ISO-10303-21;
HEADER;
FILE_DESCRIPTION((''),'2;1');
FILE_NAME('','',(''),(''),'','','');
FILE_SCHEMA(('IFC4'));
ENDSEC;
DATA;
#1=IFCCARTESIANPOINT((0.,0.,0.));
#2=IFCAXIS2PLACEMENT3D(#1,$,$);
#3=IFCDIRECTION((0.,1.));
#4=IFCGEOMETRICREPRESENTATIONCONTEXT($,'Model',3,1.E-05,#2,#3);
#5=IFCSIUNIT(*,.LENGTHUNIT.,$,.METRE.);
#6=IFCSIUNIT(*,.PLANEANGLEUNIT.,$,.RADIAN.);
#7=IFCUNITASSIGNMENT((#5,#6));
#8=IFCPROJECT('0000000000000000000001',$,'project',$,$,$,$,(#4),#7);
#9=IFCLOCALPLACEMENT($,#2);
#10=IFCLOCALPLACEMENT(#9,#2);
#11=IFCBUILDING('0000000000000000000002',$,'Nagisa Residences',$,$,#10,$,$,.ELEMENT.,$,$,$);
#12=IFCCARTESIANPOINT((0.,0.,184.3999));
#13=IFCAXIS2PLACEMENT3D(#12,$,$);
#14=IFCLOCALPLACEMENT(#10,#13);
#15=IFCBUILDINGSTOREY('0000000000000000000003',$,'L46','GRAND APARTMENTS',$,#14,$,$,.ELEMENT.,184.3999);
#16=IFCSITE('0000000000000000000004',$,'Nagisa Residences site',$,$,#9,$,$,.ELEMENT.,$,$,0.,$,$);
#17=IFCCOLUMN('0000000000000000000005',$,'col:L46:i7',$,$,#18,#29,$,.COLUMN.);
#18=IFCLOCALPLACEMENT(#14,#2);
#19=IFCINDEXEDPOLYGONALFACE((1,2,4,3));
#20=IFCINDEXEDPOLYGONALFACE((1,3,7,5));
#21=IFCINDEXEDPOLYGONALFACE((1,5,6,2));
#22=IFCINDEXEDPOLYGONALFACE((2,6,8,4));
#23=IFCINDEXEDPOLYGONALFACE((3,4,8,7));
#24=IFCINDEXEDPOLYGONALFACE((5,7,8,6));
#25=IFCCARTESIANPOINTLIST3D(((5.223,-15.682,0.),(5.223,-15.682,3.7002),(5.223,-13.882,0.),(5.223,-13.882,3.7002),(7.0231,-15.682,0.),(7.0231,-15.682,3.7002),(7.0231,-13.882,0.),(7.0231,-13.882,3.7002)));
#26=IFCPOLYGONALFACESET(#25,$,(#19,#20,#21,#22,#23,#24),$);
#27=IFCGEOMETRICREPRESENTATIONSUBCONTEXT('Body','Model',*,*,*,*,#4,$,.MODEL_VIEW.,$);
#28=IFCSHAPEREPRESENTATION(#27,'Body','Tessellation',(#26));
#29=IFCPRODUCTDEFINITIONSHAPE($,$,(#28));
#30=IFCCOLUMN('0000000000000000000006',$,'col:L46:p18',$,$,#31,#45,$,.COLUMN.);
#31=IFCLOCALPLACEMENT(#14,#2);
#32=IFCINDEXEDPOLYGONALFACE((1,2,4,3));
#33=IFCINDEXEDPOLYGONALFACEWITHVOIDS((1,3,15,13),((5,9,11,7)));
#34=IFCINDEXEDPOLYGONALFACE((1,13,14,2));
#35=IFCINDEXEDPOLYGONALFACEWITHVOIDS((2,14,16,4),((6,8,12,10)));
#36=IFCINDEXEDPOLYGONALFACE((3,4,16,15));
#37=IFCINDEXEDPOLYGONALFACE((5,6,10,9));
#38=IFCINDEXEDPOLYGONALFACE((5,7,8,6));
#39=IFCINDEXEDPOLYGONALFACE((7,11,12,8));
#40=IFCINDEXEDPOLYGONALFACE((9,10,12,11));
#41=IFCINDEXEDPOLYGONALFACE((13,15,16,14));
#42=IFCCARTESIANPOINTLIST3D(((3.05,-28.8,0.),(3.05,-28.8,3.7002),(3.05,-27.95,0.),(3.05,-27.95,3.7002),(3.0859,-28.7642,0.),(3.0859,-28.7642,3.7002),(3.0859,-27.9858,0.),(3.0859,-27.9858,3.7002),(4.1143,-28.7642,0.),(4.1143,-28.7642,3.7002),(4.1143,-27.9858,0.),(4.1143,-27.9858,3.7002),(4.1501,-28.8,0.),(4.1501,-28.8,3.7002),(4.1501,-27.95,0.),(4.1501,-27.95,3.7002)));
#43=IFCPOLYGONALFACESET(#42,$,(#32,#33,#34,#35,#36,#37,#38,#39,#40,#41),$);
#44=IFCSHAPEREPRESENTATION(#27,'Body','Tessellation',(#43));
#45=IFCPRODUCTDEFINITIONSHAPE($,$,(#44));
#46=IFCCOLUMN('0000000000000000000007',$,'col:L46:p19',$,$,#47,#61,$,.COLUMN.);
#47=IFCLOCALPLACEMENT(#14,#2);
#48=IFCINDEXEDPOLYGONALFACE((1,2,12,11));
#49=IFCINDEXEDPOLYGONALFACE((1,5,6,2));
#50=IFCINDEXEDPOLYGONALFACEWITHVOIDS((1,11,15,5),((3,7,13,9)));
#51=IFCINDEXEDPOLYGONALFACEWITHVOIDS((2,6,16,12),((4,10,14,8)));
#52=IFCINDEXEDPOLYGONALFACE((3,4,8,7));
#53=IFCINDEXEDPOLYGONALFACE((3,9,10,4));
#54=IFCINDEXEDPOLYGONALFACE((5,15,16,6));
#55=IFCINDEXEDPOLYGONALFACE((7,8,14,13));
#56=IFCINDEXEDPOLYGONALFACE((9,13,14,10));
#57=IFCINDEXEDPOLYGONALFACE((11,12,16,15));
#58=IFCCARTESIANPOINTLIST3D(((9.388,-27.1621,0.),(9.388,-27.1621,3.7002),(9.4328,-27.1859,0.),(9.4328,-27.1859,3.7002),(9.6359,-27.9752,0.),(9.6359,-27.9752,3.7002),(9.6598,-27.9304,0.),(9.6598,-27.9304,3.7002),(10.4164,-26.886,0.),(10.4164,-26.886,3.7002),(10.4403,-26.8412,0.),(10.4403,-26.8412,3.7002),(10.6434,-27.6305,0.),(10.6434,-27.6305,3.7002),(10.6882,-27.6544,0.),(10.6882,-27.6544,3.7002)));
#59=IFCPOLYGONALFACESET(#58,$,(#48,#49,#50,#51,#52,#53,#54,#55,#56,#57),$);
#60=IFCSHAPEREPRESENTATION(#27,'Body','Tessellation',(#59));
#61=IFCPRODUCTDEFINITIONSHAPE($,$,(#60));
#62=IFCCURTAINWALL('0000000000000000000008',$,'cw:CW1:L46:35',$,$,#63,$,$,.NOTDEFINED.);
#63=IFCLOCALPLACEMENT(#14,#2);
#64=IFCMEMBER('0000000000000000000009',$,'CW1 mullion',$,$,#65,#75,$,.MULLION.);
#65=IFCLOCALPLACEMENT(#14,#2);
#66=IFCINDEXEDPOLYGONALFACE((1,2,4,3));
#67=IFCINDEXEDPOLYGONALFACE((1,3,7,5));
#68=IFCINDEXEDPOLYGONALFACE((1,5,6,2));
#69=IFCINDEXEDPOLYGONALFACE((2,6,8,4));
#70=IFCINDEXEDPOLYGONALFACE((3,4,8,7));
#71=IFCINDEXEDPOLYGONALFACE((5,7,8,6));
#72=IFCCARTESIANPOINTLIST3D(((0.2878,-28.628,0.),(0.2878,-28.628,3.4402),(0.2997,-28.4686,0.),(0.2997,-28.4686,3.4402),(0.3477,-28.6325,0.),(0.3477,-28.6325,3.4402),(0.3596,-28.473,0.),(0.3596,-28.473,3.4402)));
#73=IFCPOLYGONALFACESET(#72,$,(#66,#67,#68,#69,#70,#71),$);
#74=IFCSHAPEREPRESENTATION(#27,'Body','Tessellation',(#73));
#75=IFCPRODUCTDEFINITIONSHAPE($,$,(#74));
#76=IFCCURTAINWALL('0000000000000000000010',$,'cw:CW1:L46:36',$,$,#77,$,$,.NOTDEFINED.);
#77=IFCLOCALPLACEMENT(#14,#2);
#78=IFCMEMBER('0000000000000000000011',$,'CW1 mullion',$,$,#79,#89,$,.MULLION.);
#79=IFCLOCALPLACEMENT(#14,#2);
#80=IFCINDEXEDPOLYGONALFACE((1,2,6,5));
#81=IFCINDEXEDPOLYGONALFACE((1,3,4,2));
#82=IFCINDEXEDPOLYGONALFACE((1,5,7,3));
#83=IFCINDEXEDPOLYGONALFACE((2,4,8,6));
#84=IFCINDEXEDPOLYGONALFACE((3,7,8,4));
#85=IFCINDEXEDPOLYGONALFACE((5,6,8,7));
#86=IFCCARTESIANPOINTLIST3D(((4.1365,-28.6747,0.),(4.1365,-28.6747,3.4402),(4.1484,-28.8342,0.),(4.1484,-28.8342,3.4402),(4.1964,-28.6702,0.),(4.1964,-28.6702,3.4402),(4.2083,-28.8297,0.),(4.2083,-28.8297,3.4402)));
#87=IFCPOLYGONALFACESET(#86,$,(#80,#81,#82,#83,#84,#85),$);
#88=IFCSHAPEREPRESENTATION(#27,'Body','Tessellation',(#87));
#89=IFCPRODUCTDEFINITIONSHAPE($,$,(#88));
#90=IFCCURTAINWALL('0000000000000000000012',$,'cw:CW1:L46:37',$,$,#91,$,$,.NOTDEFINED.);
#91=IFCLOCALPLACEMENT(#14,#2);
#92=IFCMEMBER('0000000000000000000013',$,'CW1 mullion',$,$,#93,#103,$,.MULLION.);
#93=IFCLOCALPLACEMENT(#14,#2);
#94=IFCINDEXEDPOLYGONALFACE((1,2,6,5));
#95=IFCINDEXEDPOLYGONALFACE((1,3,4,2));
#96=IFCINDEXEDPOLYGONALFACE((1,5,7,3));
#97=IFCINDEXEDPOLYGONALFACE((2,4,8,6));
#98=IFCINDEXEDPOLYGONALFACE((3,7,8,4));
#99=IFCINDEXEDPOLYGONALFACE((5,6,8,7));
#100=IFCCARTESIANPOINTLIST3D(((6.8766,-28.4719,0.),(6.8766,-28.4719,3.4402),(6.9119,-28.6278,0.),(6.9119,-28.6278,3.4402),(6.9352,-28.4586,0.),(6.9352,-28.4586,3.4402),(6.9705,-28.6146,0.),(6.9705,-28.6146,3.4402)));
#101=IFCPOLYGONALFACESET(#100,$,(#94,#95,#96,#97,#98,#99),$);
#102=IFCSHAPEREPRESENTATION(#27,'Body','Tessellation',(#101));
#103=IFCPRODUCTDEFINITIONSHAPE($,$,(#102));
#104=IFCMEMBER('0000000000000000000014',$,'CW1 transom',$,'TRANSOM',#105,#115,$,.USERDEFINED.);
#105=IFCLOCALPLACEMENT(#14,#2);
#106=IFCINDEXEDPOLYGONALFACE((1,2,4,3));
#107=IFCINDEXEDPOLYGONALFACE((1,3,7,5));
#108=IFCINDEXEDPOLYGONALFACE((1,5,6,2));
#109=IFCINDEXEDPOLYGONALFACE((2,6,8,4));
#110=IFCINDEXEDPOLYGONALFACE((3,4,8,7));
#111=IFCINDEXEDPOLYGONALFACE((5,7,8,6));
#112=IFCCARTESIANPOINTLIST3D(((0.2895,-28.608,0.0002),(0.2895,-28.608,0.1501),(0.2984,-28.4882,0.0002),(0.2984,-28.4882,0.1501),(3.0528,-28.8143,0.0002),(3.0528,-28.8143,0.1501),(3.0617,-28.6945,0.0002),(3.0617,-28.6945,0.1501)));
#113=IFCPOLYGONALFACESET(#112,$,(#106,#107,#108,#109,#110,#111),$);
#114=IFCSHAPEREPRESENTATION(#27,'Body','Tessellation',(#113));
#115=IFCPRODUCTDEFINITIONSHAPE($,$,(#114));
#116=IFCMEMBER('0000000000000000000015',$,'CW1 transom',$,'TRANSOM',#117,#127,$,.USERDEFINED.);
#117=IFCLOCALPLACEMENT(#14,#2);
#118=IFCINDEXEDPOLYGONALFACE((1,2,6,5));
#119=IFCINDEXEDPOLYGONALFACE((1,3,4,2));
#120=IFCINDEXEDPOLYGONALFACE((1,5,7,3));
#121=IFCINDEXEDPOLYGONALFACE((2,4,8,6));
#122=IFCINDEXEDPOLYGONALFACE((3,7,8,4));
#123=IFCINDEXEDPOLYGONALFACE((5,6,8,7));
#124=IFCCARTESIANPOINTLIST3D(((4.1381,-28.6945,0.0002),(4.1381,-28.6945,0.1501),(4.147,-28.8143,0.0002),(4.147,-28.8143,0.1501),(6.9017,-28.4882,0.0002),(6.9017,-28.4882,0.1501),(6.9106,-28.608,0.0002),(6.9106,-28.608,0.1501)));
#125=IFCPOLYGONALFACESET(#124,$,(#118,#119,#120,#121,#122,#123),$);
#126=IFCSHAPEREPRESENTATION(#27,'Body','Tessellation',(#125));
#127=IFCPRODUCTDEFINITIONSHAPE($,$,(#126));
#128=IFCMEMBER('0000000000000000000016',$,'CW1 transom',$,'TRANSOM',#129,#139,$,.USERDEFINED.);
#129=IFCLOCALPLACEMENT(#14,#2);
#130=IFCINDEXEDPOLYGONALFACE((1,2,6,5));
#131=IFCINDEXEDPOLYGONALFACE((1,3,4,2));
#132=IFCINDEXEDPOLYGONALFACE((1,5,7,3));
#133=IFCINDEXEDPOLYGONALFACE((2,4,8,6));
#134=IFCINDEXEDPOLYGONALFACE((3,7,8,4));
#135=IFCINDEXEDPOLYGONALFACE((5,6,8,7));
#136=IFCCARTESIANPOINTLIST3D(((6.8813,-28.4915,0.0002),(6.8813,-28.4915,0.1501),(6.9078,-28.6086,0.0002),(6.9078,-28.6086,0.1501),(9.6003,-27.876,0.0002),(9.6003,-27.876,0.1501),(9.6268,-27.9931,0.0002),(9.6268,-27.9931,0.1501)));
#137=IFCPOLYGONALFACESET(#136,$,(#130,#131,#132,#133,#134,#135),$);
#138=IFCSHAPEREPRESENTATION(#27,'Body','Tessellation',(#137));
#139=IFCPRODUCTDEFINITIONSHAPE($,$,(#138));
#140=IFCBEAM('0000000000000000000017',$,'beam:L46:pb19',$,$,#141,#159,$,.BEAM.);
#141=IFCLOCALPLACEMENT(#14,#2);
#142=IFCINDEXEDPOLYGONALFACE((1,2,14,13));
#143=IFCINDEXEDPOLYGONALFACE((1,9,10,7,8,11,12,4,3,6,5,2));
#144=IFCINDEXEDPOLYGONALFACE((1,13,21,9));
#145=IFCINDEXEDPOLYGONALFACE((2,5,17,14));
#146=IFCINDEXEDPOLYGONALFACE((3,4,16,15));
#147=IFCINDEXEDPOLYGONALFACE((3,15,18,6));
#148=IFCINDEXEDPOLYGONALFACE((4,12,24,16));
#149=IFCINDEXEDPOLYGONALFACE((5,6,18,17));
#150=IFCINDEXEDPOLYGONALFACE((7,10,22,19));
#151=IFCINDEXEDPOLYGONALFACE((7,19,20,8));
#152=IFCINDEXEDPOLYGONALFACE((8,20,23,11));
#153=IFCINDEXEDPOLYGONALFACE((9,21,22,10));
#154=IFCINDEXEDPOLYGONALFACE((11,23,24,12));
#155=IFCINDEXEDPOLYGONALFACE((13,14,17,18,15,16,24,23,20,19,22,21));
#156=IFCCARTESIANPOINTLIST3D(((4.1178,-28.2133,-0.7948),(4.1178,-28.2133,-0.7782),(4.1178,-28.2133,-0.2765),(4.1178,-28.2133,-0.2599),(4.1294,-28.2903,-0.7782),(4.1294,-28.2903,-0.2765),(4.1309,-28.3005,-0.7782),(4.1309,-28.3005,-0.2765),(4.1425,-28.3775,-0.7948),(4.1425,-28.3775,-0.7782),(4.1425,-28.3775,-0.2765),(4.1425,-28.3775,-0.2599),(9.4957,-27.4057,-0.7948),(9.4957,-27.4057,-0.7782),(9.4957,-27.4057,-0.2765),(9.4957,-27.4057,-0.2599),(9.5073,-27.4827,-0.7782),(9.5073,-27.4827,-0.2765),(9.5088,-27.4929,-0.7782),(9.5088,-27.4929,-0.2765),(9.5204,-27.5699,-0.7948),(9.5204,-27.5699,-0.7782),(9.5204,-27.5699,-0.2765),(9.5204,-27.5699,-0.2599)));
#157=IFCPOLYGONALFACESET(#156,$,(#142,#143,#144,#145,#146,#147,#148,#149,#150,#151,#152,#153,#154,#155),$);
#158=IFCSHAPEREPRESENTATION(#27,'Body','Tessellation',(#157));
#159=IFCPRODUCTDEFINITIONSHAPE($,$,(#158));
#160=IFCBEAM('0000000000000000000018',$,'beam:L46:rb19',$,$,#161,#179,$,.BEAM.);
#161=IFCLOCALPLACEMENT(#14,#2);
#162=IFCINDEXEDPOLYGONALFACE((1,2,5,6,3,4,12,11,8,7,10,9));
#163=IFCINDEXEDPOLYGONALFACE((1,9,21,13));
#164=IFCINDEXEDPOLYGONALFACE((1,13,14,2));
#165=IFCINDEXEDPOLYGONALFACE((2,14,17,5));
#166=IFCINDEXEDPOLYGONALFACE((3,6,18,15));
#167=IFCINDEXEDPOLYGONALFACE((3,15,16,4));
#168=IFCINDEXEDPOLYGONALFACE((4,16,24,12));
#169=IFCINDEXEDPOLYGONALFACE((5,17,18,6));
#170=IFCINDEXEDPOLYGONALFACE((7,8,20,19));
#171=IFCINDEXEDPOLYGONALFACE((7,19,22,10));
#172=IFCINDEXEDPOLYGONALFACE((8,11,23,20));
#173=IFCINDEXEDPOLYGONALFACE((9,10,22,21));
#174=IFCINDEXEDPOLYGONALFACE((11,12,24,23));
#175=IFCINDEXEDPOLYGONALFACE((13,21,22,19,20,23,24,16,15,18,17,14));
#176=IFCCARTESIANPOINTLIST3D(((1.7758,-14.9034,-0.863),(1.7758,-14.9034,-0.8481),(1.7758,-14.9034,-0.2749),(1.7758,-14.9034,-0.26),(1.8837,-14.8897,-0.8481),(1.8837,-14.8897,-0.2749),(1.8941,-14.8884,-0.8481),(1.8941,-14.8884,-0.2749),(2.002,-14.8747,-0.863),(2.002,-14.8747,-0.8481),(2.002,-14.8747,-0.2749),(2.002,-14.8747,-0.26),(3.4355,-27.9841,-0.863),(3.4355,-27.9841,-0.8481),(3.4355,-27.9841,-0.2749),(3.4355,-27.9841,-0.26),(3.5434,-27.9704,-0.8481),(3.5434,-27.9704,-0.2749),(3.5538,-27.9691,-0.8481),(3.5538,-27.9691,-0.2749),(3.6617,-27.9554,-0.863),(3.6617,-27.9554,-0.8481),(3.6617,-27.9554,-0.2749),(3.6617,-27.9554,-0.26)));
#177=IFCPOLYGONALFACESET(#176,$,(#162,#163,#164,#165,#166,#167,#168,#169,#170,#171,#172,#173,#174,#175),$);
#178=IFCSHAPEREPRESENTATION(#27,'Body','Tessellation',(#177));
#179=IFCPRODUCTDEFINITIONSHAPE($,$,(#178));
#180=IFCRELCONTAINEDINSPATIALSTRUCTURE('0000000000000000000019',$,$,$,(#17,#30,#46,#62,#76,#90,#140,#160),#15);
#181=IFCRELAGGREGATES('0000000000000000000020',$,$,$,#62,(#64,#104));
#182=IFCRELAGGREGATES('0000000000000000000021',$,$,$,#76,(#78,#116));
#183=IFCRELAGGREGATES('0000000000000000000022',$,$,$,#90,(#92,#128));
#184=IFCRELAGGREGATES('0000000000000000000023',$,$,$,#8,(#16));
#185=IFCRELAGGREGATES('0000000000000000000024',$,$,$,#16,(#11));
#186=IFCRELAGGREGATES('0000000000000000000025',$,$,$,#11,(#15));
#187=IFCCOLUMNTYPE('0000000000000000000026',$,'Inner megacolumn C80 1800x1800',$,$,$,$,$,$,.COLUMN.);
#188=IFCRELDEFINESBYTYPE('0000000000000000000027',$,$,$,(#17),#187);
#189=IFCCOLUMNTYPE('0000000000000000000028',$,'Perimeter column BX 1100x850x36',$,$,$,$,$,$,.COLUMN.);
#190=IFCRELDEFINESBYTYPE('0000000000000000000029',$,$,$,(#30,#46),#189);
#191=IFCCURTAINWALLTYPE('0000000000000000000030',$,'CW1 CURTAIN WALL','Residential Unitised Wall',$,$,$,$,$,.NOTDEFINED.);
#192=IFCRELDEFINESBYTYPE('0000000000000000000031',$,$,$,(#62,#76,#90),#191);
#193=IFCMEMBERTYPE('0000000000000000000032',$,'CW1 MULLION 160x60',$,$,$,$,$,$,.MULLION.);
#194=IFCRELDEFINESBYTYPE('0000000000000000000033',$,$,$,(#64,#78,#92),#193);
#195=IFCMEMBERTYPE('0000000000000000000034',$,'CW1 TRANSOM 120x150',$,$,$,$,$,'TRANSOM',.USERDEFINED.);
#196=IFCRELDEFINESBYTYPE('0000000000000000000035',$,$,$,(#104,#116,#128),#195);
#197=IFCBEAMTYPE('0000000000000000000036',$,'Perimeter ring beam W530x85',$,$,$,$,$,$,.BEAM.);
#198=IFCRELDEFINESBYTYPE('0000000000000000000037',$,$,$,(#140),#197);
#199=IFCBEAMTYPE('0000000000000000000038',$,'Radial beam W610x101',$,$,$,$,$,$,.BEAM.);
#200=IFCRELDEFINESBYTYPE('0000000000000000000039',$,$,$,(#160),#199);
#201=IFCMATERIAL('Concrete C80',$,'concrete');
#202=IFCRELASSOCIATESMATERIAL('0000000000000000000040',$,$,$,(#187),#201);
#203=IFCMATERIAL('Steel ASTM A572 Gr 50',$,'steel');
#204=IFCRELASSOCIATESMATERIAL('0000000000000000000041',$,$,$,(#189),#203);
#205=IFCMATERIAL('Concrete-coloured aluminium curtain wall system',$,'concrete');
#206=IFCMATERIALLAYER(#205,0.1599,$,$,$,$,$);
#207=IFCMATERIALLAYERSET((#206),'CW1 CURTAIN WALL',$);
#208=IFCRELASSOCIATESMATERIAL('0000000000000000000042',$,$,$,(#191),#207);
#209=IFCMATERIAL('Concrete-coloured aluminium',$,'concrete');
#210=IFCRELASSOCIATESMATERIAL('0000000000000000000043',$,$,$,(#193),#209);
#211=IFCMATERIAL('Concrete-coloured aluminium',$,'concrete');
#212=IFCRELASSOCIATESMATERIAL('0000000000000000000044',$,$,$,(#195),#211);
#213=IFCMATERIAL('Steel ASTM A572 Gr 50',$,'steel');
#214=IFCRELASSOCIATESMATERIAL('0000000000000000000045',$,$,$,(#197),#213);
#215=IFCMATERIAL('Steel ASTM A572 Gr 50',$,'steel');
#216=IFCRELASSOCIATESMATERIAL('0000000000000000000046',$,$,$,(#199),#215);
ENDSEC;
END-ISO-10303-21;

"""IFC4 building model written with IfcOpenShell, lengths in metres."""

from ifc_helpers import new_model, si_unit, direction, frame, origin, origin_2d, place, context, subcontext, project, spatial, rectangle, hollow_rectangle, i_section, extrude, material, layer, layer_set, material_profile, profile_set, type_object, element, aggregate, save


model = new_model("IFC4")

# Units and contexts
model_context = context("Model", 3, precision=1e-05, world=origin(), true_north=direction((0.0, 1.0)))
body_context = subcontext(model_context, "Body", "Model", "MODEL_VIEW")
ifc_project = project(units=[si_unit("LENGTHUNIT", "METRE"), si_unit("PLANEANGLEUNIT", "RADIAN")], contexts=[model_context])

# Site, building, storey
site_placement = place(None, origin())
site = spatial("IfcSite", under=ifc_project, at=site_placement, Name="Nagisa Residences site", CompositionType="ELEMENT", RefElevation=0.0)
building_placement = place(site_placement, origin())
building = spatial("IfcBuilding", under=site, at=building_placement, Name="Nagisa Residences", CompositionType="ELEMENT")
storey_placement = place(building_placement, frame((0.0, 0.0, 184.3999)))
storey = spatial("IfcBuildingStorey", under=building, at=storey_placement, Name="L46", Description="GRAND APARTMENTS", CompositionType="ELEMENT", Elevation=184.3999)

# Columns
ifc_material_1 = material(Name="Concrete C80", Category="concrete")
ifc_material_profile_1 = material_profile(ifc_material_1, rectangle(XDim=1.8, YDim=1.8, at=origin_2d()), Name="C80 1800x1800")
ifc_profile_set_1 = profile_set([ifc_material_profile_1], Name="Concrete C80")
column_type_1 = type_object("IfcColumnType", Name="Inner megacolumn C80 1800x1800", PredefinedType="COLUMN", material=ifc_profile_set_1)
column_placement = place(storey_placement, frame((6.123, -14.782, 0.0), z_axis=(0.0, 0.0, 1.0), x_axis=(1.0, 0.0, 0.0)))
element("IfcColumn", 1, at=column_placement, inside=storey, type_object=column_type_1, Name="col:L46:i7", PredefinedType="COLUMN", context=body_context, shape_type="SweptSolid", body=[
    extrude(rectangle(XDim=1.8, YDim=1.8, at=origin_2d()), origin(), (0.0, 0.0, 1.0), 3.7002),
])
ifc_material_2 = material(Name="Steel ASTM A572 Gr 50", Category="steel")
ifc_material_profile_2 = material_profile(ifc_material_2, hollow_rectangle(XDim=1.1001, YDim=0.8501, WallThickness=0.0359, at=origin_2d()), Name="BX 1100x850x36")
ifc_profile_set_2 = profile_set([ifc_material_profile_2], Name="Steel ASTM A572 Gr 50")
column_type_2 = type_object("IfcColumnType", Name="Perimeter column BX 1100x850x36", PredefinedType="COLUMN", material=ifc_profile_set_2)
for number, where, z_axis, x_axis, name in (
    (2, (3.6001, -28.375, 0.0), (0.0, 0.0, 1.0), (1.0, 0.0, 0.0), "col:L46:p18"),
    (3, (10.0381, -27.4082, 0.0), (0.0, 0.0, 1.0), (0.956525, 0.291652, 0.0), "col:L46:p19"),
):
    element("IfcColumn", number, at=place(storey_placement, frame(where, z_axis=z_axis, x_axis=x_axis)), inside=storey, type_object=column_type_2, Name=name, PredefinedType="COLUMN", context=body_context, shape_type="SweptSolid", body=[
        extrude(hollow_rectangle(XDim=1.1001, YDim=0.8501, WallThickness=0.0359, at=origin_2d()), origin(), (0.0, 0.0, 1.0), 3.7002),
    ])

# Curtain walls, members
ifc_material_3 = material(Name="Concrete-coloured aluminium curtain wall system", Category="concrete")
ifc_layer_1 = layer(ifc_material_3, 0.1599)
ifc_layer_set_1 = layer_set([ifc_layer_1], Name="CW1 CURTAIN WALL")
curtain_wall_type = type_object("IfcCurtainWallType", Name="CW1 CURTAIN WALL", Description="Residential Unitised Wall", PredefinedType="NOTDEFINED", material=ifc_layer_set_1)
curtain_wall_1_placement = place(storey_placement, origin())
curtain_wall_1 = element("IfcCurtainWall", 4, at=curtain_wall_1_placement, inside=storey, type_object=curtain_wall_type, Name="cw:CW1:L46:35", PredefinedType="NOTDEFINED")
ifc_material_4 = material(Name="Concrete-coloured aluminium", Category="concrete")
ifc_material_profile_3 = material_profile(ifc_material_4, rectangle(XDim=0.1599, YDim=0.0601, at=origin_2d()), Name="CW1 MULLION 160x60")
ifc_profile_set_3 = profile_set([ifc_material_profile_3], Name="Concrete-coloured aluminium")
member_type_1 = type_object("IfcMemberType", Name="CW1 MULLION 160x60", PredefinedType="MULLION", material=ifc_profile_set_3)
member_1_placement = place(storey_placement, frame((0.3237, -28.5505, 0.0), z_axis=(0.0, 0.0, 1.0), x_axis=(0.074377, 0.99723, 0.0)))
member_1 = element("IfcMember", 5, at=member_1_placement, type_object=member_type_1, Name="CW1 mullion", PredefinedType="MULLION", context=body_context, shape_type="SweptSolid", body=[
    extrude(rectangle(XDim=0.1599, YDim=0.0601, at=origin_2d()), origin(), (0.0, 0.0, 1.0), 3.4402),
])
curtain_wall_2_placement = place(storey_placement, origin())
curtain_wall_2 = element("IfcCurtainWall", 6, at=curtain_wall_2_placement, inside=storey, type_object=curtain_wall_type, Name="cw:CW1:L46:36", PredefinedType="NOTDEFINED")
member_2_placement = place(storey_placement, frame((4.1724, -28.7522, 0.0), z_axis=(0.0, 0.0, 1.0), x_axis=(-0.074377, 0.99723, 0.0)))
member_2 = element("IfcMember", 7, at=member_2_placement, type_object=member_type_1, Name="CW1 mullion", PredefinedType="MULLION", context=body_context, shape_type="SweptSolid", body=[
    extrude(rectangle(XDim=0.1599, YDim=0.0601, at=origin_2d()), origin(), (0.0, 0.0, 1.0), 3.4402),
])
curtain_wall_3_placement = place(storey_placement, origin())
curtain_wall_3 = element("IfcCurtainWall", 8, at=curtain_wall_3_placement, inside=storey, type_object=curtain_wall_type, Name="cw:CW1:L46:37", PredefinedType="NOTDEFINED")
member_3_placement = place(storey_placement, frame((6.9236, -28.5432, 0.0), z_axis=(0.0, 0.0, 1.0), x_axis=(-0.220764, 0.975327, 0.0)))
member_3 = element("IfcMember", 9, at=member_3_placement, type_object=member_type_1, Name="CW1 mullion", PredefinedType="MULLION", context=body_context, shape_type="SweptSolid", body=[
    extrude(rectangle(XDim=0.1599, YDim=0.0601, at=origin_2d()), origin(), (0.0, 0.0, 1.0), 3.4402),
])

# Members
ifc_material_5 = material(Name="Concrete-coloured aluminium", Category="concrete")
ifc_material_profile_4 = material_profile(ifc_material_5, rectangle(XDim=0.1201, YDim=0.1499, at=origin_2d()), Name="CW1 TRANSOM 120x150")
ifc_profile_set_4 = profile_set([ifc_material_profile_4], Name="Concrete-coloured aluminium")
member_type_2 = type_object("IfcMemberType", Name="CW1 TRANSOM 120x150", ElementType="TRANSOM", PredefinedType="USERDEFINED", material=ifc_profile_set_4)
member_4_placement = place(storey_placement, frame((0.2939, -28.5481, 0.0752), z_axis=(0.997225, -0.074446, 0.0), x_axis=(0.074446, 0.997225, 0.0)))
member_4 = element("IfcMember", 10, at=member_4_placement, type_object=member_type_2, Name="CW1 transom", ObjectType="TRANSOM", PredefinedType="USERDEFINED", context=body_context, shape_type="SweptSolid", body=[
    extrude(rectangle(XDim=0.1201, YDim=0.1499, at=origin_2d()), origin(), (0.0, 0.0, 1.0), 2.771),
])
member_5_placement = place(storey_placement, frame((4.1426, -28.7544, 0.0752), z_axis=(0.997226, 0.07444, 0.0), x_axis=(-0.07444, 0.997226, 0.0)))
member_5 = element("IfcMember", 11, at=member_5_placement, type_object=member_type_2, Name="CW1 transom", ObjectType="TRANSOM", PredefinedType="USERDEFINED", context=body_context, shape_type="SweptSolid", body=[
    extrude(rectangle(XDim=0.1201, YDim=0.1499, at=origin_2d()), origin(), (0.0, 0.0, 1.0), 2.7712),
])
member_6_placement = place(storey_placement, frame((6.8945, -28.55, 0.0752), z_axis=(0.975324, 0.220777, 0.0), x_axis=(-0.220777, 0.975324, 0.0)))
member_6 = element("IfcMember", 12, at=member_6_placement, type_object=member_type_2, Name="CW1 transom", ObjectType="TRANSOM", PredefinedType="USERDEFINED", context=body_context, shape_type="SweptSolid", body=[
    extrude(rectangle(XDim=0.1201, YDim=0.1499, at=origin_2d()), origin(), (0.0, 0.0, 1.0), 2.7878),
])

# Beams
ifc_material_6 = material(Name="Steel ASTM A572 Gr 50", Category="steel")
ifc_material_profile_5 = material_profile(ifc_material_6, i_section(OverallWidth=0.166, OverallDepth=0.5349, WebThickness=0.0103, FlangeThickness=0.0166, at=origin_2d()), Name="W530x85")
ifc_profile_set_5 = profile_set([ifc_material_profile_5], Name="Steel ASTM A572 Gr 50")
beam_type_1 = type_object("IfcBeamType", Name="Perimeter ring beam W530x85", PredefinedType="BEAM", material=ifc_profile_set_5)
beam_1_placement = place(storey_placement, frame((4.1301, -28.2954, -0.5273), z_axis=(0.988911, 0.148507, 0.0), x_axis=(-0.148507, 0.988911, 0.0)))
element("IfcBeam", 13, at=beam_1_placement, inside=storey, type_object=beam_type_1, Name="beam:L46:pb19", PredefinedType="BEAM", context=body_context, shape_type="SweptSolid", body=[
    extrude(i_section(OverallWidth=0.166, OverallDepth=0.5349, WebThickness=0.0103, FlangeThickness=0.0166, at=origin_2d()), origin(), (0.0, 0.0, 1.0), 5.4382),
])
ifc_material_7 = material(Name="Steel ASTM A572 Gr 50", Category="steel")
ifc_material_profile_6 = material_profile(ifc_material_7, i_section(OverallWidth=0.228, OverallDepth=0.603, WebThickness=0.0105, FlangeThickness=0.0149, at=origin_2d()), Name="W610x101")
ifc_profile_set_6 = profile_set([ifc_material_profile_6], Name="Steel ASTM A572 Gr 50")
beam_type_2 = type_object("IfcBeamType", Name="Radial beam W610x101", PredefinedType="BEAM", material=ifc_profile_set_6)
beam_2_placement = place(storey_placement, frame((3.5486, -27.9697, -0.5615), z_axis=(-0.125871, 0.992047, 0.0), x_axis=(-0.992047, -0.125871, 0.0)))
element("IfcBeam", 14, at=beam_2_placement, inside=storey, type_object=beam_type_2, Name="beam:L46:rb19", PredefinedType="BEAM", context=body_context, shape_type="SweptSolid", body=[
    extrude(i_section(OverallWidth=0.228, OverallDepth=0.603, WebThickness=0.0105, FlangeThickness=0.0149, at=origin_2d()), origin(), (0.0, 0.0, 1.0), 13.1855),
])

aggregate(curtain_wall_1, [member_1, member_4])
aggregate(curtain_wall_2, [member_2, member_5])
aggregate(curtain_wall_3, [member_3, member_6])

save(model, "model.ifc")
